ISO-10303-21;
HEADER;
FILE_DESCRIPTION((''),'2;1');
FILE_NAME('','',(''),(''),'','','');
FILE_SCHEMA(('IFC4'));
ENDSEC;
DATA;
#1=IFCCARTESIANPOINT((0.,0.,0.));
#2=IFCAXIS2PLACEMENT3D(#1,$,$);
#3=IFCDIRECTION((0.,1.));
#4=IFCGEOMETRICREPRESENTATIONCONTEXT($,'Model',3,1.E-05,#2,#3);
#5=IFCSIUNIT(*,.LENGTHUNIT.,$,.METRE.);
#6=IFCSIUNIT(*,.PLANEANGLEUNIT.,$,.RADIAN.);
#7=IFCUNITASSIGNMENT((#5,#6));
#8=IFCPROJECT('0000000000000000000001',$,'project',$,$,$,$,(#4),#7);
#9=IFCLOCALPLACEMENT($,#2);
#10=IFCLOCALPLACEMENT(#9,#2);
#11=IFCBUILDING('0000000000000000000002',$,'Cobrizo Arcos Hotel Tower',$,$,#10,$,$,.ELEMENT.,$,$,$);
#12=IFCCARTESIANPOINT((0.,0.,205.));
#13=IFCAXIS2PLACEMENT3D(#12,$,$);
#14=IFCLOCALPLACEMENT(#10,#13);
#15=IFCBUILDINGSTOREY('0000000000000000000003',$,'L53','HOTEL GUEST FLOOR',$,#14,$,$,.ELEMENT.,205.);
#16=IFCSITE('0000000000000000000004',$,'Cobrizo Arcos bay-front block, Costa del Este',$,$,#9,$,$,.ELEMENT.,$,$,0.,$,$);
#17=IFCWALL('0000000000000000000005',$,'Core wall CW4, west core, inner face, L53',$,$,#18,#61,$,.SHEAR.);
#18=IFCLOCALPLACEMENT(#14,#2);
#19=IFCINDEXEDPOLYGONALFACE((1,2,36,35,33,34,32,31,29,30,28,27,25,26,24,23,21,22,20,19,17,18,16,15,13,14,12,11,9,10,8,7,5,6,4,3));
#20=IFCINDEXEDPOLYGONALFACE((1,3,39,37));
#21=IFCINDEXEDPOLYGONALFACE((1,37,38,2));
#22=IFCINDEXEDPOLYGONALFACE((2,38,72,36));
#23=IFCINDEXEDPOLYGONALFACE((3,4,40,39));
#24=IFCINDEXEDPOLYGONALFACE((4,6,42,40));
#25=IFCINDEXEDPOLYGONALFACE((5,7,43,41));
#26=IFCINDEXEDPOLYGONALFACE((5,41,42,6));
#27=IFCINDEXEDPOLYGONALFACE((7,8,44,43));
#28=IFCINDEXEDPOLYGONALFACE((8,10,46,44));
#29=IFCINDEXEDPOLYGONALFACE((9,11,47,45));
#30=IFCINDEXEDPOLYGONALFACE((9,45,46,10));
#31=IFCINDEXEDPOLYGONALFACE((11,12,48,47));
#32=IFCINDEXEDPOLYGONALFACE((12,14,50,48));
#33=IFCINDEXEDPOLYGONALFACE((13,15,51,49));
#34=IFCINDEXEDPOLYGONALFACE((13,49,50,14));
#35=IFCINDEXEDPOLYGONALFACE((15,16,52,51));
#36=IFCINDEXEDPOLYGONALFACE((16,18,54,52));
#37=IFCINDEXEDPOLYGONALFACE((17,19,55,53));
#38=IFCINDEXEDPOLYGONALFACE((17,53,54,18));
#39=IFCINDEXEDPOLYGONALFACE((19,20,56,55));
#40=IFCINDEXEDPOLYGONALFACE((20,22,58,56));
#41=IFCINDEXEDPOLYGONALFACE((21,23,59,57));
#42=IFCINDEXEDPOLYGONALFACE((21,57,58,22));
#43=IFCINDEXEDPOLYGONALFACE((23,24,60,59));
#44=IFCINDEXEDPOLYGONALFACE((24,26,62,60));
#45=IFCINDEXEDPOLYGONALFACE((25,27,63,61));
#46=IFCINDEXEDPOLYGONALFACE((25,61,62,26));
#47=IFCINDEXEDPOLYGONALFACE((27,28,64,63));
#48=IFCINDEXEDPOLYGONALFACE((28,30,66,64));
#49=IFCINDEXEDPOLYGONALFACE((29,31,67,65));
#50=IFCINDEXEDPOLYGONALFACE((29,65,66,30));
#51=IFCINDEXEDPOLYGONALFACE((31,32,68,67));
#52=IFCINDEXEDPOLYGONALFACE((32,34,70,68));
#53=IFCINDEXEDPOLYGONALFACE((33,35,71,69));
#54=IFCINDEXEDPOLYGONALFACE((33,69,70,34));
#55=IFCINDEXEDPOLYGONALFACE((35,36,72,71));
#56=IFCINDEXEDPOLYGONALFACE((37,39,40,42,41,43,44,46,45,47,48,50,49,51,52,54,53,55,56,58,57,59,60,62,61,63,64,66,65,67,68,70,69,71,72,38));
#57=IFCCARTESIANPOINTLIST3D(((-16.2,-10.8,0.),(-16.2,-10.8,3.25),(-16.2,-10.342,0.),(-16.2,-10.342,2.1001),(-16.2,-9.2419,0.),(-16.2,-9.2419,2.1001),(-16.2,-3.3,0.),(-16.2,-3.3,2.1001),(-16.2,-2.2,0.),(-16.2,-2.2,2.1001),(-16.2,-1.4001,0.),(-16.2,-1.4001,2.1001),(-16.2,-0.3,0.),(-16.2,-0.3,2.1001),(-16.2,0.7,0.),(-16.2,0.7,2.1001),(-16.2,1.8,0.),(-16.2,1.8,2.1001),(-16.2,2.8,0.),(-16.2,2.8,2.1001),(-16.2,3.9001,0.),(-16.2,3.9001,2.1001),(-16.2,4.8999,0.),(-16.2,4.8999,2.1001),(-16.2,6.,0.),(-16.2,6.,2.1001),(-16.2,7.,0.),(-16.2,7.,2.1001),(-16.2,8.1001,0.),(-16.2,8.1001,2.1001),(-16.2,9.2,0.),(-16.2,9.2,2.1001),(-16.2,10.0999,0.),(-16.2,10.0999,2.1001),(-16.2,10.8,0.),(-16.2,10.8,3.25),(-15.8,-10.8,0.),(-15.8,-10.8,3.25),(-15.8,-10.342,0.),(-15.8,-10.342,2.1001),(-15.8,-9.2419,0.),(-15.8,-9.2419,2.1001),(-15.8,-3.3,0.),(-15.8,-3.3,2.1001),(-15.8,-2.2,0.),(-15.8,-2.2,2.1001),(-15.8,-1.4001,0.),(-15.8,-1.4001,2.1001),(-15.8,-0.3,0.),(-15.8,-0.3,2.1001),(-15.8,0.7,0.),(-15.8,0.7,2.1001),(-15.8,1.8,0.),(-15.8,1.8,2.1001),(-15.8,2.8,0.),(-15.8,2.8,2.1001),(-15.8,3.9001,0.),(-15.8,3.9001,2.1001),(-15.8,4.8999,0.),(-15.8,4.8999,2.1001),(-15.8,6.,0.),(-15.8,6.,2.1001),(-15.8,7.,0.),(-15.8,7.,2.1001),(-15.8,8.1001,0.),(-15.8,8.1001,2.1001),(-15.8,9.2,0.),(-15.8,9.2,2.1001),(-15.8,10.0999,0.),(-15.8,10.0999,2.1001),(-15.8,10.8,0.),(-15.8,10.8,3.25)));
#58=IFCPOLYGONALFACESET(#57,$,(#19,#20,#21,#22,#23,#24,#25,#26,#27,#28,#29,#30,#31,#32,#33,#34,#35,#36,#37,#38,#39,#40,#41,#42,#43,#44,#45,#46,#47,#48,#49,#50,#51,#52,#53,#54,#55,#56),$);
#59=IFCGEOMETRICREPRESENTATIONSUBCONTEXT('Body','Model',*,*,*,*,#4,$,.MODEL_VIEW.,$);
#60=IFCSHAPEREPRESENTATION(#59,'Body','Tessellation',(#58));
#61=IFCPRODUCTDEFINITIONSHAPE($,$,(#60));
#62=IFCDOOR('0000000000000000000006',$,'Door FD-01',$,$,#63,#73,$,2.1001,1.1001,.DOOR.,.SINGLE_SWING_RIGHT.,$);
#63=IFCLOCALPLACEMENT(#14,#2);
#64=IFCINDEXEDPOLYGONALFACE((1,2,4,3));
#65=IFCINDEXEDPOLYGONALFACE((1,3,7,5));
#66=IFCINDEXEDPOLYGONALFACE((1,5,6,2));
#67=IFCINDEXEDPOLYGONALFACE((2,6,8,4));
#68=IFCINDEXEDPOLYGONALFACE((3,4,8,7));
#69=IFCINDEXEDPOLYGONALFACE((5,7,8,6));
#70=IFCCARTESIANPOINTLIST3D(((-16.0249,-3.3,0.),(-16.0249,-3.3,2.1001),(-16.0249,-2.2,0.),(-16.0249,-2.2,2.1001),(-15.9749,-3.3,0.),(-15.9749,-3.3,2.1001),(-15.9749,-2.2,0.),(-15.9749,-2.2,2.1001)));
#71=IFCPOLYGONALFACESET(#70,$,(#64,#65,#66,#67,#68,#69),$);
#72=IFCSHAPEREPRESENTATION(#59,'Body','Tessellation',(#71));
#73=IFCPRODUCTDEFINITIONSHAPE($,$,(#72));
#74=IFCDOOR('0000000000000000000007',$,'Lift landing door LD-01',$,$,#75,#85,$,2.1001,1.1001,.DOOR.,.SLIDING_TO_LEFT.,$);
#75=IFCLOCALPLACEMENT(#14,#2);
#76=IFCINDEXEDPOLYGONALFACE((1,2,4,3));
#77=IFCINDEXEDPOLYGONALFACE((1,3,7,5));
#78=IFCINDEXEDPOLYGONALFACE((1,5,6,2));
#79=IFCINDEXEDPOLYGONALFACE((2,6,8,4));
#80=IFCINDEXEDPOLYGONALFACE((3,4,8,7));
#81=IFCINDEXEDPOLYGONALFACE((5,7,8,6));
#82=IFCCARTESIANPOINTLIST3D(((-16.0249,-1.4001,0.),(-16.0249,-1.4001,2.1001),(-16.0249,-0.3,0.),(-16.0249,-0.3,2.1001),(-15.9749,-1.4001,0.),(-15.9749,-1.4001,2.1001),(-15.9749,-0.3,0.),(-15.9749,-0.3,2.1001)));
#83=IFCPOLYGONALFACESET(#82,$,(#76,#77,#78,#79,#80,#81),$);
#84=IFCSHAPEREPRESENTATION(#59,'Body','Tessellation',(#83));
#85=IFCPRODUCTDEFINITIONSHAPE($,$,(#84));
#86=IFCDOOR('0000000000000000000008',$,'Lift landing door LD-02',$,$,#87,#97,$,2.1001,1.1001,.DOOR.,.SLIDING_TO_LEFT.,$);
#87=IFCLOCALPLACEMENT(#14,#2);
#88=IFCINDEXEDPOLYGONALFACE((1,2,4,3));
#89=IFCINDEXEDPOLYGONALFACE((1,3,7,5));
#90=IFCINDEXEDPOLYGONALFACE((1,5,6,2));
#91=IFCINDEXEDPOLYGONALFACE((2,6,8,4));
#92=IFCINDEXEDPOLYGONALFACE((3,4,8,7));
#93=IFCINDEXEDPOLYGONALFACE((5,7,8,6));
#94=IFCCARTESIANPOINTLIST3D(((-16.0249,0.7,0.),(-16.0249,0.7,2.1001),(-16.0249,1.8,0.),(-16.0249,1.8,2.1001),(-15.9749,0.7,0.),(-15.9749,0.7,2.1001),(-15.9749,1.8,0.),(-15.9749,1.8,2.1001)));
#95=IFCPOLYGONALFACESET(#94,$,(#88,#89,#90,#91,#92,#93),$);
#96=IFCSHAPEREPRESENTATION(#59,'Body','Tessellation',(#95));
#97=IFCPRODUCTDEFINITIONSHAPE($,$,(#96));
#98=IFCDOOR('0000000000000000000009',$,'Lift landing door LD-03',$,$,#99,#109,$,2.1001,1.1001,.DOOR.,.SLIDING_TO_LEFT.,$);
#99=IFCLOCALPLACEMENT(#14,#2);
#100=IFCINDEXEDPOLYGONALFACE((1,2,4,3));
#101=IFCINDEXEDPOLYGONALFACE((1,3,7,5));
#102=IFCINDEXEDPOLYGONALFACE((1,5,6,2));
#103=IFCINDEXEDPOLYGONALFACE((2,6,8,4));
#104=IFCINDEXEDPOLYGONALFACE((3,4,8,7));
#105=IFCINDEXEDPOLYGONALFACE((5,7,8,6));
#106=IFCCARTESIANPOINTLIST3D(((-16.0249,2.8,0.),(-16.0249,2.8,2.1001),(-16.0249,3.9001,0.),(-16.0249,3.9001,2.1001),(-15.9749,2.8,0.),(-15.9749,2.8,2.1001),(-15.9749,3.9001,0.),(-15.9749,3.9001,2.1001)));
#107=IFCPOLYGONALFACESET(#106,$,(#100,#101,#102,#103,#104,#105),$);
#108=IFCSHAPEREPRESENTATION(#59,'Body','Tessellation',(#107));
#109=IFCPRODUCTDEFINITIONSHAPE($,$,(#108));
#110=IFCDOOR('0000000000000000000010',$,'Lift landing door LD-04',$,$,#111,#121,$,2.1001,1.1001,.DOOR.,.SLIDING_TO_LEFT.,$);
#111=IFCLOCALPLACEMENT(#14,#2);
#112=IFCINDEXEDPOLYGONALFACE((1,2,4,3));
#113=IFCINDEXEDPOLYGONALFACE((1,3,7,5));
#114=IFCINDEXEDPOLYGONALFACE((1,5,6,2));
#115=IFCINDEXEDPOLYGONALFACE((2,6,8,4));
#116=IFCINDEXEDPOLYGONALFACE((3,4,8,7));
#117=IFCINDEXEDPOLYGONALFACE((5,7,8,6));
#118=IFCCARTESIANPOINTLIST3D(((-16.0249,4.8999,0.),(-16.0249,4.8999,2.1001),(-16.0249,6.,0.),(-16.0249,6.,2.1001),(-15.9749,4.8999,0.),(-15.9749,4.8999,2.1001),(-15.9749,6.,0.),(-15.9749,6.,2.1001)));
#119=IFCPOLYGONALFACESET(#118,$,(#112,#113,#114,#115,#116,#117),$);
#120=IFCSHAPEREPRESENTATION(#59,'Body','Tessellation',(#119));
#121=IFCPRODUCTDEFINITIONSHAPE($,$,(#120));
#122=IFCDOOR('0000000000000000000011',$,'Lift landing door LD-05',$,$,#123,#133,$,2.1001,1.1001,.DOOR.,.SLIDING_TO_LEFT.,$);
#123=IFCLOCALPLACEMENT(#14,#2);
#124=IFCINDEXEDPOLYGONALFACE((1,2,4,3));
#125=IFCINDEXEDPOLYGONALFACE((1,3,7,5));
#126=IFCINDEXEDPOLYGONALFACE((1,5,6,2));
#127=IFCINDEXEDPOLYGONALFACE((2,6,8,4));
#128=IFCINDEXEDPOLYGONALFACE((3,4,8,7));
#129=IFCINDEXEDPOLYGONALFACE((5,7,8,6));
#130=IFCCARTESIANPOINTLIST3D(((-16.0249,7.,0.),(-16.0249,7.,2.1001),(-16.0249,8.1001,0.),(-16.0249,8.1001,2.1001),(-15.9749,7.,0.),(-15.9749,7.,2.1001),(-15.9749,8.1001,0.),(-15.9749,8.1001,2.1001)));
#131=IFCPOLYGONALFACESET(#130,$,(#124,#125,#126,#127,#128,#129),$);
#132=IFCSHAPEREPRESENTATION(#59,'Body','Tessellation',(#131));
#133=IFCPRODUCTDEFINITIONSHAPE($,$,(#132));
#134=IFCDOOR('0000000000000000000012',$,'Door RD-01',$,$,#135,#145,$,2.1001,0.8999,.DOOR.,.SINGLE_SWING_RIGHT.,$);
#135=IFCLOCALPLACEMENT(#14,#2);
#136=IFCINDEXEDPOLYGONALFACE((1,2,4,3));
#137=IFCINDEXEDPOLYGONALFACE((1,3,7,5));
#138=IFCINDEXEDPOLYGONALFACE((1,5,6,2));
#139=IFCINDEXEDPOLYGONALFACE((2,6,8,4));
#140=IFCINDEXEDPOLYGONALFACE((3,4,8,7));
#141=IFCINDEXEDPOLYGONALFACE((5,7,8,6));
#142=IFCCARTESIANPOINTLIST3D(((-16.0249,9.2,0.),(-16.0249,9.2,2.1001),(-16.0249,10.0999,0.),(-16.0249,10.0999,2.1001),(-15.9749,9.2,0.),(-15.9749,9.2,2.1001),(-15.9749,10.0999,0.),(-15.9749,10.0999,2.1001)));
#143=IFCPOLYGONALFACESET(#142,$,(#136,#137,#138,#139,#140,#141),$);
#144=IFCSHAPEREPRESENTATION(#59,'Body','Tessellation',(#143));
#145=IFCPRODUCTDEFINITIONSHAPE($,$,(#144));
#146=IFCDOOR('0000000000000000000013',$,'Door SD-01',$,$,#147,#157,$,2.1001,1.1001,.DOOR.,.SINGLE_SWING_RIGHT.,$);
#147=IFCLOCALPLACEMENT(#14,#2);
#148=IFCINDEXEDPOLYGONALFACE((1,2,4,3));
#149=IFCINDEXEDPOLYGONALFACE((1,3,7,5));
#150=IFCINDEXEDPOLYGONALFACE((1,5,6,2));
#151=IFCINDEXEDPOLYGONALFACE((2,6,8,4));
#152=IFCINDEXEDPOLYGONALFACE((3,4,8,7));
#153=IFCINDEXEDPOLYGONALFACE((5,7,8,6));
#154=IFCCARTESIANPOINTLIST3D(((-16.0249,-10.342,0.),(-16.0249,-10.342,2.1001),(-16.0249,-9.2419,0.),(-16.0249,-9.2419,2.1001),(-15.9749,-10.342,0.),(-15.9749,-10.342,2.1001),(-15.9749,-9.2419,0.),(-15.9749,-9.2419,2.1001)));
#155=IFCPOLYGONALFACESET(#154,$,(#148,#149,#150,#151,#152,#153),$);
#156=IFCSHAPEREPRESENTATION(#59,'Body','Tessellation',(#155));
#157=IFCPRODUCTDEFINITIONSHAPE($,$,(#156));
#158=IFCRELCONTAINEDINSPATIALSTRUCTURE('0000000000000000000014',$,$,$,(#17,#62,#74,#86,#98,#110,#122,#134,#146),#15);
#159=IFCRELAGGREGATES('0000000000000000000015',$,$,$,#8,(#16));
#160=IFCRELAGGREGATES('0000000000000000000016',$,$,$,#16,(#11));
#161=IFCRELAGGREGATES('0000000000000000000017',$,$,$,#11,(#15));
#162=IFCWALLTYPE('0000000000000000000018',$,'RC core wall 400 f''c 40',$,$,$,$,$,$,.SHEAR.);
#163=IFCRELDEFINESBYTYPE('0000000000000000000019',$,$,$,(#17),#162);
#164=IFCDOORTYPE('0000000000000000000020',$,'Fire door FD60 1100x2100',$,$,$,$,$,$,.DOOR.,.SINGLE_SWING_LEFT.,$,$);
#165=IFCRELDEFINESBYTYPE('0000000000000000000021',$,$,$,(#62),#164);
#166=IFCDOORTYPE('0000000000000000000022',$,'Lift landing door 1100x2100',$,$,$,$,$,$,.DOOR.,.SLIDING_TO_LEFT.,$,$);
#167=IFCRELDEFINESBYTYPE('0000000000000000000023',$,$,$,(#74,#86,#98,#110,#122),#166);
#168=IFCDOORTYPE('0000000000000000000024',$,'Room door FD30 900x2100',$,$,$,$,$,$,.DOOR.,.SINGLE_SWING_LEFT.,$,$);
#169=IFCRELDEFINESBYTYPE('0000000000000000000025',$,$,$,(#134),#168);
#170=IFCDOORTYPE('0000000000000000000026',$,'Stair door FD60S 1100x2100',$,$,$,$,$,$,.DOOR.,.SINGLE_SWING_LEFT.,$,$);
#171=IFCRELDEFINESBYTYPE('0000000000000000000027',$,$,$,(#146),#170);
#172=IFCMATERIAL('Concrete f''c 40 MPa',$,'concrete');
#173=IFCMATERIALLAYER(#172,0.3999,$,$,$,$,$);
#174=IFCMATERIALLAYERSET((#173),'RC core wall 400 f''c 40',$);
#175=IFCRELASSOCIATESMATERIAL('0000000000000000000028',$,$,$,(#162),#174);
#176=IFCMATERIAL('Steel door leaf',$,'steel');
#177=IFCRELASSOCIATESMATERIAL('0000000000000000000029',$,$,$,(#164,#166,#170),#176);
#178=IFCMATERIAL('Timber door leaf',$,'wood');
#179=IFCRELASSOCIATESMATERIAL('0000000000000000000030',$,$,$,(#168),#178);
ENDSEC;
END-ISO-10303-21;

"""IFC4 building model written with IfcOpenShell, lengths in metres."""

from ifc_helpers import new_model, si_unit, direction, frame, frame_2d, origin, place, context, subcontext, project, spatial, rectangle, extrude, material, layer, layer_set, type_object, element, fill, save


model = new_model("IFC4")

# Units and contexts
model_context = context("Model", 3, precision=1e-05, world=origin(), true_north=direction((0.0, 1.0)))
body_context = subcontext(model_context, "Body", "Model", "MODEL_VIEW")
ifc_project = project(units=[si_unit("LENGTHUNIT", "METRE"), si_unit("PLANEANGLEUNIT", "RADIAN")], contexts=[model_context])

# Site, building, storey
site_placement = place(None, origin())
site = spatial("IfcSite", under=ifc_project, at=site_placement, Name="Cobrizo Arcos bay-front block, Costa del Este", CompositionType="ELEMENT", RefElevation=0.0)
building_placement = place(site_placement, origin())
building = spatial("IfcBuilding", under=site, at=building_placement, Name="Cobrizo Arcos Hotel Tower", CompositionType="ELEMENT")
storey_placement = place(building_placement, frame((0.0, 0.0, 205.0)))
storey = spatial("IfcBuildingStorey", under=building, at=storey_placement, Name="L53", Description="HOTEL GUEST FLOOR", CompositionType="ELEMENT", Elevation=205.0)

# Wall, openings, doors
ifc_material_1 = material(Name="Concrete f'c 40 MPa", Category="concrete")
ifc_layer_1 = layer(ifc_material_1, 0.3999)
ifc_layer_set_1 = layer_set([ifc_layer_1], Name="RC core wall 400 f'c 40")
wall_type_1 = type_object("IfcWallType", Name="RC core wall 400 f'c 40", PredefinedType="SHEAR", material=ifc_layer_set_1)
wall_1_placement = place(storey_placement, frame((-16.0, -10.8, 0.0), z_axis=(0.0, 0.0, 1.0), x_axis=(0.0, 1.0, 0.0)))
wall_1 = element("IfcWall", 1, at=wall_1_placement, inside=storey, type_object=wall_type_1, Name="Core wall CW4, west core, inner face, L53", PredefinedType="SHEAR", context=body_context, shape_type="SweptSolid", body=[
    extrude(rectangle(XDim=21.6001, YDim=0.3999, at=frame_2d((10.8, 0.0))), origin(), (0.0, 0.0, 1.0), 3.25),
])
opening_1_placement = place(wall_1_placement, frame((9.3999, 0.0, 0.0)))
opening_1 = element("IfcOpeningElement", 2, at=opening_1_placement, cuts=wall_1, PredefinedType="OPENING", context=body_context, shape_type="SweptSolid", body=[
    extrude(rectangle(XDim=1.1001, YDim=2.1001, at=frame_2d((0.55, 1.05))), frame((0.0, 0.2119, 0.0), z_axis=(0.0, -1.0, 0.0), x_axis=(1.0, 0.0, 0.0)), (0.0, 0.0, 1.0), 0.4238),
])
opening_2_placement = place(wall_1_placement, frame((11.5, 0.0, 0.0)))
opening_2 = element("IfcOpeningElement", 3, at=opening_2_placement, cuts=wall_1, PredefinedType="OPENING", context=body_context, shape_type="SweptSolid", body=[
    extrude(rectangle(XDim=1.1001, YDim=2.1001, at=frame_2d((0.55, 1.05))), frame((0.0, 0.2119, 0.0), z_axis=(0.0, -1.0, 0.0), x_axis=(1.0, 0.0, 0.0)), (0.0, 0.0, 1.0), 0.4238),
])
opening_3_placement = place(wall_1_placement, frame((13.6001, 0.0, 0.0)))
opening_3 = element("IfcOpeningElement", 4, at=opening_3_placement, cuts=wall_1, PredefinedType="OPENING", context=body_context, shape_type="SweptSolid", body=[
    extrude(rectangle(XDim=1.1001, YDim=2.1001, at=frame_2d((0.55, 1.05))), frame((0.0, 0.2119, 0.0), z_axis=(0.0, -1.0, 0.0), x_axis=(1.0, 0.0, 0.0)), (0.0, 0.0, 1.0), 0.4238),
])
opening_4_placement = place(wall_1_placement, frame((15.7, 0.0, 0.0)))
opening_4 = element("IfcOpeningElement", 5, at=opening_4_placement, cuts=wall_1, PredefinedType="OPENING", context=body_context, shape_type="SweptSolid", body=[
    extrude(rectangle(XDim=1.1001, YDim=2.1001, at=frame_2d((0.55, 1.05))), frame((0.0, 0.2119, 0.0), z_axis=(0.0, -1.0, 0.0), x_axis=(1.0, 0.0, 0.0)), (0.0, 0.0, 1.0), 0.4238),
])
opening_5_placement = place(wall_1_placement, frame((17.8, 0.0, 0.0)))
opening_5 = element("IfcOpeningElement", 6, at=opening_5_placement, cuts=wall_1, PredefinedType="OPENING", context=body_context, shape_type="SweptSolid", body=[
    extrude(rectangle(XDim=1.1001, YDim=2.1001, at=frame_2d((0.55, 1.05))), frame((0.0, 0.2119, 0.0), z_axis=(0.0, -1.0, 0.0), x_axis=(1.0, 0.0, 0.0)), (0.0, 0.0, 1.0), 0.4238),
])
opening_6_placement = place(wall_1_placement, frame((0.458, 0.0, 0.0)))
opening_6 = element("IfcOpeningElement", 7, at=opening_6_placement, cuts=wall_1, PredefinedType="OPENING", context=body_context, shape_type="SweptSolid", body=[
    extrude(rectangle(XDim=1.1001, YDim=2.1001, at=frame_2d((0.55, 1.05))), frame((0.0, 0.2119, 0.0), z_axis=(0.0, -1.0, 0.0), x_axis=(1.0, 0.0, 0.0)), (0.0, 0.0, 1.0), 0.4238),
])
opening_7_placement = place(wall_1_placement, frame((7.5, 0.0, 0.0)))
opening_7 = element("IfcOpeningElement", 8, at=opening_7_placement, cuts=wall_1, PredefinedType="OPENING", context=body_context, shape_type="SweptSolid", body=[
    extrude(rectangle(XDim=1.1001, YDim=2.1001, at=frame_2d((0.55, 1.05))), frame((0.0, 0.2119, 0.0), z_axis=(0.0, -1.0, 0.0), x_axis=(1.0, 0.0, 0.0)), (0.0, 0.0, 1.0), 0.4238),
])
opening_8_placement = place(wall_1_placement, frame((20.0, 0.0, 0.0)))
opening_8 = element("IfcOpeningElement", 9, at=opening_8_placement, cuts=wall_1, PredefinedType="OPENING", context=body_context, shape_type="SweptSolid", body=[
    extrude(rectangle(XDim=0.8999, YDim=2.1001, at=frame_2d((0.45, 1.05))), frame((0.0, 0.2119, 0.0), z_axis=(0.0, -1.0, 0.0), x_axis=(1.0, 0.0, 0.0)), (0.0, 0.0, 1.0), 0.4238),
])
ifc_material_2 = material(Name="Steel door leaf", Category="steel")
door_type_1 = type_object("IfcDoorType", Name="Fire door FD60 1100x2100", OperationType="SINGLE_SWING_LEFT", PredefinedType="DOOR", material=ifc_material_2)
door_1_placement = place(opening_7_placement, origin())
door_1 = element("IfcDoor", 10, at=door_1_placement, inside=storey, type_object=door_type_1, Name="Door FD-01", OperationType="SINGLE_SWING_RIGHT", OverallHeight=2.1001, OverallWidth=1.1001, PredefinedType="DOOR", context=body_context, shape_type="SweptSolid", body=[
    extrude(rectangle(XDim=1.1001, YDim=2.1001, at=frame_2d((0.55, 1.05))), frame((0.0, 0.0249, 0.0), z_axis=(0.0, -1.0, 0.0), x_axis=(1.0, 0.0, 0.0)), (0.0, 0.0, 1.0), 0.05),
])
fill(opening_7, door_1)
door_type_2 = type_object("IfcDoorType", Name="Lift landing door 1100x2100", OperationType="SLIDING_TO_LEFT", PredefinedType="DOOR", material=ifc_material_2)
door_2_placement = place(opening_1_placement, origin())
door_2 = element("IfcDoor", 11, at=door_2_placement, inside=storey, type_object=door_type_2, Name="Lift landing door LD-01", OperationType="SLIDING_TO_LEFT", OverallHeight=2.1001, OverallWidth=1.1001, PredefinedType="DOOR", context=body_context, shape_type="SweptSolid", body=[
    extrude(rectangle(XDim=1.1001, YDim=2.1001, at=frame_2d((0.55, 1.05))), frame((0.0, 0.0249, 0.0), z_axis=(0.0, -1.0, 0.0), x_axis=(1.0, 0.0, 0.0)), (0.0, 0.0, 1.0), 0.05),
])
fill(opening_1, door_2)
door_3_placement = place(opening_2_placement, origin())
door_3 = element("IfcDoor", 12, at=door_3_placement, inside=storey, type_object=door_type_2, Name="Lift landing door LD-02", OperationType="SLIDING_TO_LEFT", OverallHeight=2.1001, OverallWidth=1.1001, PredefinedType="DOOR", context=body_context, shape_type="SweptSolid", body=[
    extrude(rectangle(XDim=1.1001, YDim=2.1001, at=frame_2d((0.55, 1.05))), frame((0.0, 0.0249, 0.0), z_axis=(0.0, -1.0, 0.0), x_axis=(1.0, 0.0, 0.0)), (0.0, 0.0, 1.0), 0.05),
])
fill(opening_2, door_3)
door_4_placement = place(opening_3_placement, origin())
door_4 = element("IfcDoor", 13, at=door_4_placement, inside=storey, type_object=door_type_2, Name="Lift landing door LD-03", OperationType="SLIDING_TO_LEFT", OverallHeight=2.1001, OverallWidth=1.1001, PredefinedType="DOOR", context=body_context, shape_type="SweptSolid", body=[
    extrude(rectangle(XDim=1.1001, YDim=2.1001, at=frame_2d((0.55, 1.05))), frame((0.0, 0.0249, 0.0), z_axis=(0.0, -1.0, 0.0), x_axis=(1.0, 0.0, 0.0)), (0.0, 0.0, 1.0), 0.05),
])
fill(opening_3, door_4)
door_5_placement = place(opening_4_placement, origin())
door_5 = element("IfcDoor", 14, at=door_5_placement, inside=storey, type_object=door_type_2, Name="Lift landing door LD-04", OperationType="SLIDING_TO_LEFT", OverallHeight=2.1001, OverallWidth=1.1001, PredefinedType="DOOR", context=body_context, shape_type="SweptSolid", body=[
    extrude(rectangle(XDim=1.1001, YDim=2.1001, at=frame_2d((0.55, 1.05))), frame((0.0, 0.0249, 0.0), z_axis=(0.0, -1.0, 0.0), x_axis=(1.0, 0.0, 0.0)), (0.0, 0.0, 1.0), 0.05),
])
fill(opening_4, door_5)
door_6_placement = place(opening_5_placement, origin())
door_6 = element("IfcDoor", 15, at=door_6_placement, inside=storey, type_object=door_type_2, Name="Lift landing door LD-05", OperationType="SLIDING_TO_LEFT", OverallHeight=2.1001, OverallWidth=1.1001, PredefinedType="DOOR", context=body_context, shape_type="SweptSolid", body=[
    extrude(rectangle(XDim=1.1001, YDim=2.1001, at=frame_2d((0.55, 1.05))), frame((0.0, 0.0249, 0.0), z_axis=(0.0, -1.0, 0.0), x_axis=(1.0, 0.0, 0.0)), (0.0, 0.0, 1.0), 0.05),
])
fill(opening_5, door_6)
ifc_material_3 = material(Name="Timber door leaf", Category="wood")
door_type_3 = type_object("IfcDoorType", Name="Room door FD30 900x2100", OperationType="SINGLE_SWING_LEFT", PredefinedType="DOOR", material=ifc_material_3)
door_7_placement = place(opening_8_placement, origin())
door_7 = element("IfcDoor", 16, at=door_7_placement, inside=storey, type_object=door_type_3, Name="Door RD-01", OperationType="SINGLE_SWING_RIGHT", OverallHeight=2.1001, OverallWidth=0.8999, PredefinedType="DOOR", context=body_context, shape_type="SweptSolid", body=[
    extrude(rectangle(XDim=0.8999, YDim=2.1001, at=frame_2d((0.45, 1.05))), frame((0.0, 0.0249, 0.0), z_axis=(0.0, -1.0, 0.0), x_axis=(1.0, 0.0, 0.0)), (0.0, 0.0, 1.0), 0.05),
])
fill(opening_8, door_7)
door_type_4 = type_object("IfcDoorType", Name="Stair door FD60S 1100x2100", OperationType="SINGLE_SWING_LEFT", PredefinedType="DOOR", material=ifc_material_2)
door_8_placement = place(opening_6_placement, origin())
door_8 = element("IfcDoor", 17, at=door_8_placement, inside=storey, type_object=door_type_4, Name="Door SD-01", OperationType="SINGLE_SWING_RIGHT", OverallHeight=2.1001, OverallWidth=1.1001, PredefinedType="DOOR", context=body_context, shape_type="SweptSolid", body=[
    extrude(rectangle(XDim=1.1001, YDim=2.1001, at=frame_2d((0.55, 1.05))), frame((0.0, 0.0249, 0.0), z_axis=(0.0, -1.0, 0.0), x_axis=(1.0, 0.0, 0.0)), (0.0, 0.0, 1.0), 0.05),
])
fill(opening_6, door_8)

save(model, "model.ifc")
